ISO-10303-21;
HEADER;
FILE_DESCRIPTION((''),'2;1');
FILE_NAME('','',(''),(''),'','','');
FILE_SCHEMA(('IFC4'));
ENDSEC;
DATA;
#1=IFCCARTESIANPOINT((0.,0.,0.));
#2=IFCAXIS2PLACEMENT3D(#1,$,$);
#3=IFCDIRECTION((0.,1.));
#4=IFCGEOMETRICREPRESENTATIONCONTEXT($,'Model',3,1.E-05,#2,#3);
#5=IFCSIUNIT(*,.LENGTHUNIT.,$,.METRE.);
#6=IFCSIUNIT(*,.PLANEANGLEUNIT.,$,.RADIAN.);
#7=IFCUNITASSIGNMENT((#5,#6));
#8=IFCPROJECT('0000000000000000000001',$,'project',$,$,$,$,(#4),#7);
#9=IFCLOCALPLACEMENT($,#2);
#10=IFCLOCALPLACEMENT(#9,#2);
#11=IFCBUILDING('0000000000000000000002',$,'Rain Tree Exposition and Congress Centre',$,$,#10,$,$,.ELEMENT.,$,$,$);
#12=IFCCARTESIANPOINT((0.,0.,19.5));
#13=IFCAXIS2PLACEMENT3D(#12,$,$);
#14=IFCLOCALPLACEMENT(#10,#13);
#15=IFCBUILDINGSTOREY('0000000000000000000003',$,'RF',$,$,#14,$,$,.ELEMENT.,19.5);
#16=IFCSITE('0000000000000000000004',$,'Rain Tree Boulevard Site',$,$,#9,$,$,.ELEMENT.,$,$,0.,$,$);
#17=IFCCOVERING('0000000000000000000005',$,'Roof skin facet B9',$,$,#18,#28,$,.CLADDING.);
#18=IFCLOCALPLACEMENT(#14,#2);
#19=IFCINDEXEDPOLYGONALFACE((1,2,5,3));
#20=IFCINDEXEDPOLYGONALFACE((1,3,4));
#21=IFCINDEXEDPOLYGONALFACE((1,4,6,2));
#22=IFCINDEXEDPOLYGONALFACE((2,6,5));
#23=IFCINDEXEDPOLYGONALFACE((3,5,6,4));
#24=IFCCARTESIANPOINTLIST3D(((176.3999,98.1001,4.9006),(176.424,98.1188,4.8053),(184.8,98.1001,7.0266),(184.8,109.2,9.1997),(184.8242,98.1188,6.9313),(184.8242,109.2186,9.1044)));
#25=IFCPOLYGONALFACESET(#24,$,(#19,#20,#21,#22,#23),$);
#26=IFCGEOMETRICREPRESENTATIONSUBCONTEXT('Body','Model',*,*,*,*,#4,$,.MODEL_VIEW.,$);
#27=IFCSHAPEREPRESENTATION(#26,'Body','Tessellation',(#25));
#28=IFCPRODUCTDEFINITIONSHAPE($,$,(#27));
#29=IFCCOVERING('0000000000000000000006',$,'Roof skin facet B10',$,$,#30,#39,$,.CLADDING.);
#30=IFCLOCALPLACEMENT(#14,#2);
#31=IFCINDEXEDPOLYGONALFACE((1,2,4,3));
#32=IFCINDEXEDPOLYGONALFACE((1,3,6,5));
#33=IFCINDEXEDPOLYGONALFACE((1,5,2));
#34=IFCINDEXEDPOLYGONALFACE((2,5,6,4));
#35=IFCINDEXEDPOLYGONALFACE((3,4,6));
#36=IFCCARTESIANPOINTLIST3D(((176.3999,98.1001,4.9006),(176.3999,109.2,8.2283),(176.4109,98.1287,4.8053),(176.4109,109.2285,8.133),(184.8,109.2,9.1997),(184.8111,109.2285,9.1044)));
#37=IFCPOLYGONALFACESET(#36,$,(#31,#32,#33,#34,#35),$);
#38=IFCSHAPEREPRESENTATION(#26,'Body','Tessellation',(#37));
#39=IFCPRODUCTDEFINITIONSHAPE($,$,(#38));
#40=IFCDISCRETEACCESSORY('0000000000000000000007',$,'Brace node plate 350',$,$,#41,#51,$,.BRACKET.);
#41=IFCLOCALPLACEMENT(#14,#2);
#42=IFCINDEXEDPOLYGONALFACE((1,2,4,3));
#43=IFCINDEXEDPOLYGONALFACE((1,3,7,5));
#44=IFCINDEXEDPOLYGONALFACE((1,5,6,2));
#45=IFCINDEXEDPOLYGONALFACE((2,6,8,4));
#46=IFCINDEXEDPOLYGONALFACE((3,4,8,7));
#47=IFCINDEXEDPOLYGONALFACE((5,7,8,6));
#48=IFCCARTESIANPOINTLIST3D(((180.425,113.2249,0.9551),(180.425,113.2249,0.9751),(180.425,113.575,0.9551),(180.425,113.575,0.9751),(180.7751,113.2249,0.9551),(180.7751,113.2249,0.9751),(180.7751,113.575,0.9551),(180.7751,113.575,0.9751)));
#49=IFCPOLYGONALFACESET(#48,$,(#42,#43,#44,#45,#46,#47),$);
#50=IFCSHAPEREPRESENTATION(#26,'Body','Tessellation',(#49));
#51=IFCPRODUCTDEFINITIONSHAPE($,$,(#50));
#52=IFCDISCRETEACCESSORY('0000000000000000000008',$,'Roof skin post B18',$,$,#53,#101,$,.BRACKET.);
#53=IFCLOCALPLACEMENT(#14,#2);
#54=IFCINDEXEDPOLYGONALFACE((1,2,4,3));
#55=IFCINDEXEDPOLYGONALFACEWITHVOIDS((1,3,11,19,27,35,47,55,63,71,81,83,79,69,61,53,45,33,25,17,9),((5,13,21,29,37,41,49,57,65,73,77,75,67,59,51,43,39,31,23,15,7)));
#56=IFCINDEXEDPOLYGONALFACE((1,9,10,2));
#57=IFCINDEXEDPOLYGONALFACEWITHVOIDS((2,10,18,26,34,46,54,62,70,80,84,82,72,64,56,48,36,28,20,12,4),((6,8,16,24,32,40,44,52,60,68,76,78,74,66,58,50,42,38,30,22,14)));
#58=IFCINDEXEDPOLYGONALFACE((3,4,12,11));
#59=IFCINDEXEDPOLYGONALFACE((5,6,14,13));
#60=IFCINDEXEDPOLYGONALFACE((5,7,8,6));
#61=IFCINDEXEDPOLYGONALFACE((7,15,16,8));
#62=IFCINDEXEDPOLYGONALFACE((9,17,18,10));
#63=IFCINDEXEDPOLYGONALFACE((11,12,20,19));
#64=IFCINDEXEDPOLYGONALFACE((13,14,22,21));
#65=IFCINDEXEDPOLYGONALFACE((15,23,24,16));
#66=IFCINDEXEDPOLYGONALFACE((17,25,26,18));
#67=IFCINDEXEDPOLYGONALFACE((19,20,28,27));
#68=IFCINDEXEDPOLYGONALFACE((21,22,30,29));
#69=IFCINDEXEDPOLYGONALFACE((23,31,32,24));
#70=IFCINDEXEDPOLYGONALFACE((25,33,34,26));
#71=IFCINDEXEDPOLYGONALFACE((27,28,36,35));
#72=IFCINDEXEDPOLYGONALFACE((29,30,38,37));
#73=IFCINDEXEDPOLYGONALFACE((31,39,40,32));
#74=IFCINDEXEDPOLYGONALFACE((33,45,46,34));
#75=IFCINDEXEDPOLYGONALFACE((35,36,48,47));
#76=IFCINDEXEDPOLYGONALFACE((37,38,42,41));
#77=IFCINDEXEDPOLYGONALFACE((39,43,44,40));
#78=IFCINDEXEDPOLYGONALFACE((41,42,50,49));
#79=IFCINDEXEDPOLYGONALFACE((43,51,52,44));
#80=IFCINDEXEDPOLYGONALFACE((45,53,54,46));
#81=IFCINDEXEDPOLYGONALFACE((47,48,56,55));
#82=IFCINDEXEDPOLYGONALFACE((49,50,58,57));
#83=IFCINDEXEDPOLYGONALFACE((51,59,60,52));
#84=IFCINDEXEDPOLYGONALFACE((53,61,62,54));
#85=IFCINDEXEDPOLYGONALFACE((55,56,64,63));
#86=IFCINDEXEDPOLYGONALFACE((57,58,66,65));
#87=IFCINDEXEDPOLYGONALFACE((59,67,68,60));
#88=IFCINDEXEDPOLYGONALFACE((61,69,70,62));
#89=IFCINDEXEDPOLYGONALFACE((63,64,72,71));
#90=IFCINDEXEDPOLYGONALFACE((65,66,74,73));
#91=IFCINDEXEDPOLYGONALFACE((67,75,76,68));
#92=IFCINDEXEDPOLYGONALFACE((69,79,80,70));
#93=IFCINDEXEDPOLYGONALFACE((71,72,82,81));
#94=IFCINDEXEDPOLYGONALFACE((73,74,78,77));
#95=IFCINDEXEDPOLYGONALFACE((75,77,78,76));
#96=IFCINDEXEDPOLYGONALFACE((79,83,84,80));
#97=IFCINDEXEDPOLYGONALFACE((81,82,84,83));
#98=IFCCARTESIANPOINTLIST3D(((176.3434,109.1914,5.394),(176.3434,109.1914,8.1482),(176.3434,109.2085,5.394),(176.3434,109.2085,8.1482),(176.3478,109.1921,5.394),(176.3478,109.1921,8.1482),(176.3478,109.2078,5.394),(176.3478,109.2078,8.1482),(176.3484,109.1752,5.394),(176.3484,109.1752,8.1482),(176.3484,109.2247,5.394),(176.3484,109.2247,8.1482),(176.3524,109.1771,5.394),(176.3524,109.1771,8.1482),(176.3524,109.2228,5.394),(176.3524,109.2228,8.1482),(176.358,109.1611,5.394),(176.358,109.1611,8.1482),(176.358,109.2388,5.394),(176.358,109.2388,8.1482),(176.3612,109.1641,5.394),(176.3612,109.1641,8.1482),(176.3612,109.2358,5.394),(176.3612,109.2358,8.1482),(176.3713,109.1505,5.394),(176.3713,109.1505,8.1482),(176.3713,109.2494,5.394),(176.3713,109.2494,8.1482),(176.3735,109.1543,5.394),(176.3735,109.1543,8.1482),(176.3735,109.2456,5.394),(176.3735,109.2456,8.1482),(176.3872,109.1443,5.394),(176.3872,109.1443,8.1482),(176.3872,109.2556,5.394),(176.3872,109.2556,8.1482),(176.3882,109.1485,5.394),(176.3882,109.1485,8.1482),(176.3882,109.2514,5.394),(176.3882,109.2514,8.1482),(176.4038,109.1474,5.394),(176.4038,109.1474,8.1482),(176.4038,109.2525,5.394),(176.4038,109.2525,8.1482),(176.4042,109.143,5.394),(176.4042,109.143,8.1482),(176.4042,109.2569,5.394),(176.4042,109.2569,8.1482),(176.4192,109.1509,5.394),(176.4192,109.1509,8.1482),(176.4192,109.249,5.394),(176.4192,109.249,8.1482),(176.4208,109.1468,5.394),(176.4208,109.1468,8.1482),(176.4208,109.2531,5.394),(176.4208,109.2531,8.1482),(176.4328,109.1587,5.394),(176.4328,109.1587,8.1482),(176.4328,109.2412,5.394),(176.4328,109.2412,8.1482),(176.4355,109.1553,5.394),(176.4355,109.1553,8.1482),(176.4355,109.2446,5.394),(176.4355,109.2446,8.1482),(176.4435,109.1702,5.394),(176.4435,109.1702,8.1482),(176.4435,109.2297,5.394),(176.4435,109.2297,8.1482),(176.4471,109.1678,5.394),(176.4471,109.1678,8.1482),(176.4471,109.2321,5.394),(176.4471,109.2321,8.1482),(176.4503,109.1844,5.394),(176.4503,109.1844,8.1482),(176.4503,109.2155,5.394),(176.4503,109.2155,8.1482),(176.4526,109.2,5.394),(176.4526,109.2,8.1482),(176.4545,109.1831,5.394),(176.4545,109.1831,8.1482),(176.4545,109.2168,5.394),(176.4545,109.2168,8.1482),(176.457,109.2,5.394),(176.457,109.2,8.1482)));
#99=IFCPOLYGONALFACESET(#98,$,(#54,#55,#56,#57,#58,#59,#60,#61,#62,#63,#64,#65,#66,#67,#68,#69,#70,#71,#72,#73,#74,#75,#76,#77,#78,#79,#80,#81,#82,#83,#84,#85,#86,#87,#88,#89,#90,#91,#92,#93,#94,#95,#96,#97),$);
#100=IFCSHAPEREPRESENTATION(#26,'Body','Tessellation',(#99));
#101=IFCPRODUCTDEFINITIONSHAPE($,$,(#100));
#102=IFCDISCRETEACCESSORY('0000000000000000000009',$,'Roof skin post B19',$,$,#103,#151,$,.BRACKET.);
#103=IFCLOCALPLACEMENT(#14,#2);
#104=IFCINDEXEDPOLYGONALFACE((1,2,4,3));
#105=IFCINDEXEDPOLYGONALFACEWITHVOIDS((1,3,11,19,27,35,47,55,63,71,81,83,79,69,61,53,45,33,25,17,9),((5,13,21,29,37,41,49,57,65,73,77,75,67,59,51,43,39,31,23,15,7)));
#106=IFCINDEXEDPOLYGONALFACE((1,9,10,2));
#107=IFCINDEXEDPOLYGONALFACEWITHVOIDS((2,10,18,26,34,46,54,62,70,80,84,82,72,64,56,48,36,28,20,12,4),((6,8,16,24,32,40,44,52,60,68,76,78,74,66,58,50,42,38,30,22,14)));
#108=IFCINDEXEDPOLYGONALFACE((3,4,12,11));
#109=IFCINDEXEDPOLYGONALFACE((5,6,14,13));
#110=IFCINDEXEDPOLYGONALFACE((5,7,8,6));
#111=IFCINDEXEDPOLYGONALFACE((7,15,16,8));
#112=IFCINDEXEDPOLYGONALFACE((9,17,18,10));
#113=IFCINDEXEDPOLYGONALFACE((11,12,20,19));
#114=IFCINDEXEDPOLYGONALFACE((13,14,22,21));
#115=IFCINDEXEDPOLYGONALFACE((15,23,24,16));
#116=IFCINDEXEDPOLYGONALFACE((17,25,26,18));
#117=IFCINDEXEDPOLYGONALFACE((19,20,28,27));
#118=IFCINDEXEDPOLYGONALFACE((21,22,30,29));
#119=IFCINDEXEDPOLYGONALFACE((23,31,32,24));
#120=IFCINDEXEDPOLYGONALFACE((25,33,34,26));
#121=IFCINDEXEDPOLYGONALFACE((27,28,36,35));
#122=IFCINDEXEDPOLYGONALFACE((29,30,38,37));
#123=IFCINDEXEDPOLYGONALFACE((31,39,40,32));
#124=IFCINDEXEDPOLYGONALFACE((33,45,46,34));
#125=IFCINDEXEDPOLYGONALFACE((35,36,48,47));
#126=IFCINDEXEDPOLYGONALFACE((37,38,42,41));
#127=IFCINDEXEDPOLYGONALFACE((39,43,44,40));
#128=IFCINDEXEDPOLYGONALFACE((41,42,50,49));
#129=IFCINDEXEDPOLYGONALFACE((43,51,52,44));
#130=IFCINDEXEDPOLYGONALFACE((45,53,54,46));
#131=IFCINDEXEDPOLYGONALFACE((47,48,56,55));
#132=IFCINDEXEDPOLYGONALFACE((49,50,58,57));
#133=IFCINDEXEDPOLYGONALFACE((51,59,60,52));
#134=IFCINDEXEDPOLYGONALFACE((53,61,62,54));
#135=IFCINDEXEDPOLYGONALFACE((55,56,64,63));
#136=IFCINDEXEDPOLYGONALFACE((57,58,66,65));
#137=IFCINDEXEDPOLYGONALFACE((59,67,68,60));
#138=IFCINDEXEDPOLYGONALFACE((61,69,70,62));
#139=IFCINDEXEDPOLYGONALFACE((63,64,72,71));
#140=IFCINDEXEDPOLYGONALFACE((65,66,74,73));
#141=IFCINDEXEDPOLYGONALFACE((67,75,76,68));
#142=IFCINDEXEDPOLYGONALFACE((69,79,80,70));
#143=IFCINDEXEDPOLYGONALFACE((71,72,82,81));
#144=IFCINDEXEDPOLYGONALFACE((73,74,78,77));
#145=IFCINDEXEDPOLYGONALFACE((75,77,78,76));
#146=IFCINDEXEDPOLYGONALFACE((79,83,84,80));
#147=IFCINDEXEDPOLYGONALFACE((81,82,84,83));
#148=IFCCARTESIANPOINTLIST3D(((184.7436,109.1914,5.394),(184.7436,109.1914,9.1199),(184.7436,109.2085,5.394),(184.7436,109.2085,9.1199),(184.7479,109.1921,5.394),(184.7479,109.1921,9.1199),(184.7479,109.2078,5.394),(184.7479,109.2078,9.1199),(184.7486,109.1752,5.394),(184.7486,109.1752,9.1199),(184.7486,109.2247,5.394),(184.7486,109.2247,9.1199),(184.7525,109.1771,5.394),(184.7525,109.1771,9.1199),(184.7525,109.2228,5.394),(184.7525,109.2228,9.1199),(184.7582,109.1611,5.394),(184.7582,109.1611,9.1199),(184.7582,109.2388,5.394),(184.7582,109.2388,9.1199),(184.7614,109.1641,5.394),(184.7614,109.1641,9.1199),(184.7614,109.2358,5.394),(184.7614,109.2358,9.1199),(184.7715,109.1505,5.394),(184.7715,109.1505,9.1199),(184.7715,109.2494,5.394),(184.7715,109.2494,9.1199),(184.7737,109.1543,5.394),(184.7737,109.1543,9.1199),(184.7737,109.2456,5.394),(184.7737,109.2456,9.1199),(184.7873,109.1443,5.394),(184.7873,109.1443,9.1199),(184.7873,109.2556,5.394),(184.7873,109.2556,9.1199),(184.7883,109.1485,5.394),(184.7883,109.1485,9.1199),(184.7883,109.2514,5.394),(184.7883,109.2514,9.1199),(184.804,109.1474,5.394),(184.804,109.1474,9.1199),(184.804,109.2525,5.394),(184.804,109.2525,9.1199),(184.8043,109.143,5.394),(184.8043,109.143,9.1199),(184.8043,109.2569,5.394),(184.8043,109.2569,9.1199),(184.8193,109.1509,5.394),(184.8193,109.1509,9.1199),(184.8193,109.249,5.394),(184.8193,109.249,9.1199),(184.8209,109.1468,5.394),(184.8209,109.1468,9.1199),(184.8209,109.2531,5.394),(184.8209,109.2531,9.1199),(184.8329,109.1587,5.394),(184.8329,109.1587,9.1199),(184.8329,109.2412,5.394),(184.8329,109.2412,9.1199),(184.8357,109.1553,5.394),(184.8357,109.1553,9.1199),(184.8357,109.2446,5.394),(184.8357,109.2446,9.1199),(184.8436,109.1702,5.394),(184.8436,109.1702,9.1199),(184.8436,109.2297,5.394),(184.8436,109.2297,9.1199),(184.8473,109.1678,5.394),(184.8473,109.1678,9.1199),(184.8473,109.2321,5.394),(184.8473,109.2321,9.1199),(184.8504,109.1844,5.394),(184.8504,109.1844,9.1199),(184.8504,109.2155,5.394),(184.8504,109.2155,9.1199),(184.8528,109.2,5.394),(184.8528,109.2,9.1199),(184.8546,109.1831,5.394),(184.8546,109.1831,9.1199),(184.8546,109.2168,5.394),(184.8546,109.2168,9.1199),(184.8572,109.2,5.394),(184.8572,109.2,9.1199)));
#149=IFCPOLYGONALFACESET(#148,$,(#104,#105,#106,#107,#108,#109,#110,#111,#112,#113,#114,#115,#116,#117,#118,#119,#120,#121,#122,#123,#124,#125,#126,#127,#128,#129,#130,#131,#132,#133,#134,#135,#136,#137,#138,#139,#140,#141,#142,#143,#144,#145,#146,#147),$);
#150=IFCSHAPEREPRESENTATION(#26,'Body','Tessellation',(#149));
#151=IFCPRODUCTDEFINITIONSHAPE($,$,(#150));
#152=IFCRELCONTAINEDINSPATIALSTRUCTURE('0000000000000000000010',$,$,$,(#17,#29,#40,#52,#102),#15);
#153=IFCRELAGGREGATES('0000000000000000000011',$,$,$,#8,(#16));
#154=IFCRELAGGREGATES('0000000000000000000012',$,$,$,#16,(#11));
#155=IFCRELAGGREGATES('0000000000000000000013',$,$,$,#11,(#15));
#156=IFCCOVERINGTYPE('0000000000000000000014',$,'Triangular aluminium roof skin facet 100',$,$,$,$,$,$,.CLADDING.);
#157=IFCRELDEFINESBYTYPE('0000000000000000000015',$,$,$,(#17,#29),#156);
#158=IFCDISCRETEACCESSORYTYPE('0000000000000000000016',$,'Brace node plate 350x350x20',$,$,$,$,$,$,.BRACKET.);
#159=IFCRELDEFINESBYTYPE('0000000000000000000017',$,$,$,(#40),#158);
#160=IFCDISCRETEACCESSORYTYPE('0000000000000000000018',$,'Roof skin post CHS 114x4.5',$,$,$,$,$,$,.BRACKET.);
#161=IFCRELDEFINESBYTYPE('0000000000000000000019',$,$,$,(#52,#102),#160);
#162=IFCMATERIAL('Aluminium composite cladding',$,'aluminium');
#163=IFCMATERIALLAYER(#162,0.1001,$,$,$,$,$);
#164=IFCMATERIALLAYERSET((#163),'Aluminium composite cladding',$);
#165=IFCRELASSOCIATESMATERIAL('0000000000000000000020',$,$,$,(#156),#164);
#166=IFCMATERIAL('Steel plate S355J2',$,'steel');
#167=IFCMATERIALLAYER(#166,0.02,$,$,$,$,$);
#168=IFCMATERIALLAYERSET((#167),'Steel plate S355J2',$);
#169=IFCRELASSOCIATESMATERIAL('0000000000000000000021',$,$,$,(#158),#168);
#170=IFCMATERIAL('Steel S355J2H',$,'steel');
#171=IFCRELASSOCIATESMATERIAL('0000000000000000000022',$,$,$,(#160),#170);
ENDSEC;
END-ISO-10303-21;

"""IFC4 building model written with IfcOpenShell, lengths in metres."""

from ifc_helpers import new_model, si_unit, direction, frame, origin, origin_2d, place, context, subcontext, project, spatial, polyline, rectangle, hollow_circle, outline, extrude, material, layer, layer_set, material_profile, profile_set, type_object, element, save


model = new_model("IFC4")

# Units and contexts
model_context = context("Model", 3, precision=1e-05, world=origin(), true_north=direction((0.0, 1.0)))
body_context = subcontext(model_context, "Body", "Model", "MODEL_VIEW")
ifc_project = project(units=[si_unit("LENGTHUNIT", "METRE"), si_unit("PLANEANGLEUNIT", "RADIAN")], contexts=[model_context])

# Site, building, storey
site_placement = place(None, origin())
site = spatial("IfcSite", under=ifc_project, at=site_placement, Name="Rain Tree Boulevard Site", CompositionType="ELEMENT", RefElevation=0.0)
building_placement = place(site_placement, origin())
building = spatial("IfcBuilding", under=site, at=building_placement, Name="Rain Tree Exposition and Congress Centre", CompositionType="ELEMENT")
storey_placement = place(building_placement, frame((0.0, 0.0, 19.5)))
storey = spatial("IfcBuildingStorey", under=building, at=storey_placement, Name="RF", CompositionType="ELEMENT", Elevation=19.5)

# Coverings
ifc_material_1 = material(Name="Aluminium composite cladding", Category="aluminium")
ifc_layer_1 = layer(ifc_material_1, 0.1001)
ifc_layer_set_1 = layer_set([ifc_layer_1], Name="Aluminium composite cladding")
covering_type = type_object("IfcCoveringType", Name="Triangular aluminium roof skin facet 100", PredefinedType="CLADDING", material=ifc_layer_set_1)
covering_1_placement = place(storey_placement, frame((176.3999, 98.1001, 4.9006), z_axis=(-0.241049, -0.186464, 0.952432), x_axis=(0.969434, 0.0, 0.245352)))
element("IfcCovering", 1, at=covering_1_placement, inside=storey, type_object=covering_type, Name="Roof skin facet B9", PredefinedType="CLADDING", context=body_context, shape_type="SweptSolid", body=[
    extrude(outline(polyline([(0.0, 0.0), (8.665, 0.0), (9.1982, 11.298), (0.0, 0.0)])), origin(), (0.0, 0.0, -1.0), 0.1001),
])
covering_2_placement = place(storey_placement, frame((176.3999, 98.1001, 4.9006), z_axis=(-0.110101, -0.285418, 0.952058), x_axis=(0.576583, 0.76189, 0.295087)))
element("IfcCovering", 2, at=covering_2_placement, inside=storey, type_object=covering_type, Name="Roof skin facet B10", PredefinedType="CLADDING", context=body_context, shape_type="SweptSolid", body=[
    extrude(outline(polyline([(0.0, 0.0), (14.5688, 0.0), (9.4388, 6.7223), (0.0, 0.0)])), origin(), (0.0, 0.0, -1.0), 0.1001),
])

# Discrete accessories
ifc_material_2 = material(Name="Steel plate S355J2", Category="steel")
ifc_layer_2 = layer(ifc_material_2, 0.02)
ifc_layer_set_2 = layer_set([ifc_layer_2], Name="Steel plate S355J2")
discrete_accessory_type_1 = type_object("IfcDiscreteAccessoryType", Name="Brace node plate 350x350x20", PredefinedType="BRACKET", material=ifc_layer_set_2)
discrete_accessory_1_placement = place(storey_placement, frame((180.6001, 113.3999, 0.9551), z_axis=(0.0, 0.0, 1.0), x_axis=(1.0, 0.0, 0.0)))
element("IfcDiscreteAccessory", 3, at=discrete_accessory_1_placement, inside=storey, type_object=discrete_accessory_type_1, Name="Brace node plate 350", PredefinedType="BRACKET", context=body_context, shape_type="SweptSolid", body=[
    extrude(rectangle(XDim=0.3501, YDim=0.3501, at=origin_2d()), origin(), (0.0, 0.0, 1.0), 0.02),
])
ifc_material_3 = material(Name="Steel S355J2H", Category="steel")
ifc_material_profile_1 = material_profile(ifc_material_3, hollow_circle(Radius=0.0571, WallThickness=0.0044, at=origin_2d()), Name="CHS 114x4.5")
ifc_profile_set_1 = profile_set([ifc_material_profile_1], Name="Steel S355J2H")
discrete_accessory_type_2 = type_object("IfcDiscreteAccessoryType", Name="Roof skin post CHS 114x4.5", PredefinedType="BRACKET", material=ifc_profile_set_1)
discrete_accessory_2_placement = place(storey_placement, frame((176.3999, 109.2, 5.394), z_axis=(0.0, 0.0, 1.0), x_axis=(1.0, 0.0, 0.0)))
element("IfcDiscreteAccessory", 4, at=discrete_accessory_2_placement, inside=storey, type_object=discrete_accessory_type_2, Name="Roof skin post B18", PredefinedType="BRACKET", context=body_context, shape_type="SweptSolid", body=[
    extrude(hollow_circle(Radius=0.0571, WallThickness=0.0044, at=origin_2d()), origin(), (0.0, 0.0, 1.0), 2.7542),
])
discrete_accessory_3_placement = place(storey_placement, frame((184.8, 109.2, 5.394), z_axis=(0.0, 0.0, 1.0), x_axis=(1.0, 0.0, 0.0)))
element("IfcDiscreteAccessory", 5, at=discrete_accessory_3_placement, inside=storey, type_object=discrete_accessory_type_2, Name="Roof skin post B19", PredefinedType="BRACKET", context=body_context, shape_type="SweptSolid", body=[
    extrude(hollow_circle(Radius=0.0571, WallThickness=0.0044, at=origin_2d()), origin(), (0.0, 0.0, 1.0), 3.7258),
])

save(model, "model.ifc")
